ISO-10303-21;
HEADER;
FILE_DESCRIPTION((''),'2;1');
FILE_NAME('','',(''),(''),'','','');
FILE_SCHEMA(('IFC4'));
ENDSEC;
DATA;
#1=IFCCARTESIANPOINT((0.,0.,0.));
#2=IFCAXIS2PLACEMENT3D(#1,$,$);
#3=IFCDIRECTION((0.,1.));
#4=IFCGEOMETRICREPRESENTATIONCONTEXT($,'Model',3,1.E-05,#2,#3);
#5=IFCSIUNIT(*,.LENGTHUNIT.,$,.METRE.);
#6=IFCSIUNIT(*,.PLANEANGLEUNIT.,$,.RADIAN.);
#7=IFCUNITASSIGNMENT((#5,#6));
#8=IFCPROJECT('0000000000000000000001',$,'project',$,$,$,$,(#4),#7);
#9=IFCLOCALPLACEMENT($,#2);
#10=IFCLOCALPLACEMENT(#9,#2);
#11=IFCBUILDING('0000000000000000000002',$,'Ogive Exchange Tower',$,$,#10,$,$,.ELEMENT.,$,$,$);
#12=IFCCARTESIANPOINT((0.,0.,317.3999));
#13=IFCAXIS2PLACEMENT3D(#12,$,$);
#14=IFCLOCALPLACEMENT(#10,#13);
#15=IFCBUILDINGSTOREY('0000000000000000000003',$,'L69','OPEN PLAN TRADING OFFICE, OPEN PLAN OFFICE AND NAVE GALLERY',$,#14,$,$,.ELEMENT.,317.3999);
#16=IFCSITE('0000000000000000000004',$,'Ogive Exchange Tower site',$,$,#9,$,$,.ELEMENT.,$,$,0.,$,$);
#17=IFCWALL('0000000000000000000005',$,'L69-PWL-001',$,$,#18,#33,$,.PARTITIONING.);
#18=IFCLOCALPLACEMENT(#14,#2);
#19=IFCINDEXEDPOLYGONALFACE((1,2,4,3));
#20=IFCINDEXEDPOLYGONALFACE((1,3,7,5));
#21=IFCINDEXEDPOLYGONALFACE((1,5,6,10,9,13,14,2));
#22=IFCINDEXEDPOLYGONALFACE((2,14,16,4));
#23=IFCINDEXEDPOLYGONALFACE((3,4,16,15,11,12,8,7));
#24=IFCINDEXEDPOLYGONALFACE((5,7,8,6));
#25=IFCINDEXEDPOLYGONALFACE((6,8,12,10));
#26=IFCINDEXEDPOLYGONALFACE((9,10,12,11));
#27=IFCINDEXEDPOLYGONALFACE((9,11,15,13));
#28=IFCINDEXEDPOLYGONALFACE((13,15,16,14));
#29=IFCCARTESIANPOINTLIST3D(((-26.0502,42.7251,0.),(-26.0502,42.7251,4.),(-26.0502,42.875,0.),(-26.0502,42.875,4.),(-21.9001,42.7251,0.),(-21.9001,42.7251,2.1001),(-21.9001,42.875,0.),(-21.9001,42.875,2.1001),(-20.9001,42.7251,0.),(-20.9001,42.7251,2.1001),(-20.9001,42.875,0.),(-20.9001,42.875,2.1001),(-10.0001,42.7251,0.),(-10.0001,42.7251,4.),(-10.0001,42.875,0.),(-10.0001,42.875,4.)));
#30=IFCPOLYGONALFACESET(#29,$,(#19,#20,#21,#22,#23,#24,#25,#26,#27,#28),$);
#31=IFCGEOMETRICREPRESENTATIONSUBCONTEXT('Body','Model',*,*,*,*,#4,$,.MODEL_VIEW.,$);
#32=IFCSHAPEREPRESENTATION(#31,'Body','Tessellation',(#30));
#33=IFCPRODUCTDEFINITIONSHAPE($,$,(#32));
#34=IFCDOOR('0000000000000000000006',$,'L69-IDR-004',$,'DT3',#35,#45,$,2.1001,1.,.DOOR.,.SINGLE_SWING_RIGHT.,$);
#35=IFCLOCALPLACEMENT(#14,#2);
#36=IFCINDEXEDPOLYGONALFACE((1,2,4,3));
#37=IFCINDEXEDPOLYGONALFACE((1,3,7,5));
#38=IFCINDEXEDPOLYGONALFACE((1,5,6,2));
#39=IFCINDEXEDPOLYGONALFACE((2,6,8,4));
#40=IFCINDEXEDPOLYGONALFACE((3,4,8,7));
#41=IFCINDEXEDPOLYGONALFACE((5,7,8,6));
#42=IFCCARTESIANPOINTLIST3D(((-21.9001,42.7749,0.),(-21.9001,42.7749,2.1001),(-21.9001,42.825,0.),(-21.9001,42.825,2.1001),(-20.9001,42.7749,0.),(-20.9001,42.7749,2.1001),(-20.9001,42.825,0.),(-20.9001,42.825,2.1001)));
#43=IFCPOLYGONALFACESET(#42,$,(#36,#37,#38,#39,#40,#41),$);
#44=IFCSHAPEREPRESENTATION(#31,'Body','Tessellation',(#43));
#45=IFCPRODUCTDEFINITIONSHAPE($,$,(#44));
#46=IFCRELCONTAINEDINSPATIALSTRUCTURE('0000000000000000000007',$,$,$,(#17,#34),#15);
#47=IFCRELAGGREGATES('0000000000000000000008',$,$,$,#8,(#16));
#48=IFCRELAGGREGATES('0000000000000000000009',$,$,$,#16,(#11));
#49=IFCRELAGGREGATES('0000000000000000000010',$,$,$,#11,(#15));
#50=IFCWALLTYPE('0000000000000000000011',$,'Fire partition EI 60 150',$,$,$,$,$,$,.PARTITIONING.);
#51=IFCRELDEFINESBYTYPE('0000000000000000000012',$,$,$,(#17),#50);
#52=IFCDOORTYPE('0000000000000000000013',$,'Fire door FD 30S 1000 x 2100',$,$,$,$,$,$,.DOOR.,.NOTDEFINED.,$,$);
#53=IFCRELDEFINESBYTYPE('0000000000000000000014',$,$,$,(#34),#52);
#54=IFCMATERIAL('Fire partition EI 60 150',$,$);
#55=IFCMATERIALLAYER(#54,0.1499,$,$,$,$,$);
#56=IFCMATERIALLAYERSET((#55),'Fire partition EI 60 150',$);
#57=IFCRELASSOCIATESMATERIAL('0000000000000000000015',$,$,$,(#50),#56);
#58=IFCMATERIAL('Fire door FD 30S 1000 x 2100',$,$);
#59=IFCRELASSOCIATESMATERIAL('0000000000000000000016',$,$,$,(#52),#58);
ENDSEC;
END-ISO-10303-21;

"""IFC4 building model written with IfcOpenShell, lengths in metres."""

from ifc_helpers import new_model, si_unit, direction, frame, frame_2d, origin, place, context, subcontext, project, spatial, rectangle, extrude, material, layer, layer_set, type_object, element, fill, save


model = new_model("IFC4")

# Units and contexts
model_context = context("Model", 3, precision=1e-05, world=origin(), true_north=direction((0.0, 1.0)))
body_context = subcontext(model_context, "Body", "Model", "MODEL_VIEW")
ifc_project = project(units=[si_unit("LENGTHUNIT", "METRE"), si_unit("PLANEANGLEUNIT", "RADIAN")], contexts=[model_context])

# Site, building, storey
site_placement = place(None, origin())
site = spatial("IfcSite", under=ifc_project, at=site_placement, Name="Ogive Exchange Tower site", CompositionType="ELEMENT", RefElevation=0.0)
building_placement = place(site_placement, origin())
building = spatial("IfcBuilding", under=site, at=building_placement, Name="Ogive Exchange Tower", CompositionType="ELEMENT")
storey_placement = place(building_placement, frame((0.0, 0.0, 317.3999)))
storey = spatial("IfcBuildingStorey", under=building, at=storey_placement, Name="L69", Description="OPEN PLAN TRADING OFFICE, OPEN PLAN OFFICE AND NAVE GALLERY", CompositionType="ELEMENT", Elevation=317.3999)

# Wall, opening, door
ifc_material_1 = material(Name="Fire partition EI 60 150")
ifc_layer_1 = layer(ifc_material_1, 0.1499)
ifc_layer_set_1 = layer_set([ifc_layer_1], Name="Fire partition EI 60 150")
wall_type_1 = type_object("IfcWallType", Name="Fire partition EI 60 150", PredefinedType="PARTITIONING", material=ifc_layer_set_1)
wall_1_placement = place(storey_placement, frame((-26.05, 42.8, 0.0), z_axis=(0.0, 0.0, 1.0), x_axis=(1.0, 0.0, 0.0)))
wall_1 = element("IfcWall", 1, at=wall_1_placement, inside=storey, type_object=wall_type_1, Name="L69-PWL-001", PredefinedType="PARTITIONING", context=body_context, shape_type="SweptSolid", body=[
    extrude(rectangle(XDim=16.05, YDim=0.1499, at=frame_2d((8.0249, 0.0))), origin(), (0.0, 0.0, 1.0), 4.0),
])
opening_1_placement = place(wall_1_placement, frame((4.1499, 0.0, 0.0)))
opening_1 = element("IfcOpeningElement", 2, at=opening_1_placement, cuts=wall_1, PredefinedType="OPENING", context=body_context, shape_type="SweptSolid", body=[
    extrude(rectangle(XDim=1.0, YDim=2.1001, at=frame_2d((0.5, 1.05))), frame((0.0, 0.085, 0.0), z_axis=(0.0, -1.0, 0.0), x_axis=(1.0, 0.0, 0.0)), (0.0, 0.0, 1.0), 0.1699),
])
ifc_material_2 = material(Name="Fire door FD 30S 1000 x 2100")
door_type_1 = type_object("IfcDoorType", Name="Fire door FD 30S 1000 x 2100", OperationType="NOTDEFINED", PredefinedType="DOOR", material=ifc_material_2)
door_1_placement = place(opening_1_placement, origin())
door_1 = element("IfcDoor", 3, at=door_1_placement, inside=storey, type_object=door_type_1, Name="L69-IDR-004", ObjectType="DT3", OperationType="SINGLE_SWING_RIGHT", OverallHeight=2.1001, OverallWidth=1.0, PredefinedType="DOOR", context=body_context, shape_type="SweptSolid", body=[
    extrude(rectangle(XDim=1.0, YDim=2.1001, at=frame_2d((0.5, 1.05))), frame((0.0, 0.0249, 0.0), z_axis=(0.0, -1.0, 0.0), x_axis=(1.0, 0.0, 0.0)), (0.0, 0.0, 1.0), 0.05),
])
fill(opening_1, door_1)

save(model, "model.ifc")
